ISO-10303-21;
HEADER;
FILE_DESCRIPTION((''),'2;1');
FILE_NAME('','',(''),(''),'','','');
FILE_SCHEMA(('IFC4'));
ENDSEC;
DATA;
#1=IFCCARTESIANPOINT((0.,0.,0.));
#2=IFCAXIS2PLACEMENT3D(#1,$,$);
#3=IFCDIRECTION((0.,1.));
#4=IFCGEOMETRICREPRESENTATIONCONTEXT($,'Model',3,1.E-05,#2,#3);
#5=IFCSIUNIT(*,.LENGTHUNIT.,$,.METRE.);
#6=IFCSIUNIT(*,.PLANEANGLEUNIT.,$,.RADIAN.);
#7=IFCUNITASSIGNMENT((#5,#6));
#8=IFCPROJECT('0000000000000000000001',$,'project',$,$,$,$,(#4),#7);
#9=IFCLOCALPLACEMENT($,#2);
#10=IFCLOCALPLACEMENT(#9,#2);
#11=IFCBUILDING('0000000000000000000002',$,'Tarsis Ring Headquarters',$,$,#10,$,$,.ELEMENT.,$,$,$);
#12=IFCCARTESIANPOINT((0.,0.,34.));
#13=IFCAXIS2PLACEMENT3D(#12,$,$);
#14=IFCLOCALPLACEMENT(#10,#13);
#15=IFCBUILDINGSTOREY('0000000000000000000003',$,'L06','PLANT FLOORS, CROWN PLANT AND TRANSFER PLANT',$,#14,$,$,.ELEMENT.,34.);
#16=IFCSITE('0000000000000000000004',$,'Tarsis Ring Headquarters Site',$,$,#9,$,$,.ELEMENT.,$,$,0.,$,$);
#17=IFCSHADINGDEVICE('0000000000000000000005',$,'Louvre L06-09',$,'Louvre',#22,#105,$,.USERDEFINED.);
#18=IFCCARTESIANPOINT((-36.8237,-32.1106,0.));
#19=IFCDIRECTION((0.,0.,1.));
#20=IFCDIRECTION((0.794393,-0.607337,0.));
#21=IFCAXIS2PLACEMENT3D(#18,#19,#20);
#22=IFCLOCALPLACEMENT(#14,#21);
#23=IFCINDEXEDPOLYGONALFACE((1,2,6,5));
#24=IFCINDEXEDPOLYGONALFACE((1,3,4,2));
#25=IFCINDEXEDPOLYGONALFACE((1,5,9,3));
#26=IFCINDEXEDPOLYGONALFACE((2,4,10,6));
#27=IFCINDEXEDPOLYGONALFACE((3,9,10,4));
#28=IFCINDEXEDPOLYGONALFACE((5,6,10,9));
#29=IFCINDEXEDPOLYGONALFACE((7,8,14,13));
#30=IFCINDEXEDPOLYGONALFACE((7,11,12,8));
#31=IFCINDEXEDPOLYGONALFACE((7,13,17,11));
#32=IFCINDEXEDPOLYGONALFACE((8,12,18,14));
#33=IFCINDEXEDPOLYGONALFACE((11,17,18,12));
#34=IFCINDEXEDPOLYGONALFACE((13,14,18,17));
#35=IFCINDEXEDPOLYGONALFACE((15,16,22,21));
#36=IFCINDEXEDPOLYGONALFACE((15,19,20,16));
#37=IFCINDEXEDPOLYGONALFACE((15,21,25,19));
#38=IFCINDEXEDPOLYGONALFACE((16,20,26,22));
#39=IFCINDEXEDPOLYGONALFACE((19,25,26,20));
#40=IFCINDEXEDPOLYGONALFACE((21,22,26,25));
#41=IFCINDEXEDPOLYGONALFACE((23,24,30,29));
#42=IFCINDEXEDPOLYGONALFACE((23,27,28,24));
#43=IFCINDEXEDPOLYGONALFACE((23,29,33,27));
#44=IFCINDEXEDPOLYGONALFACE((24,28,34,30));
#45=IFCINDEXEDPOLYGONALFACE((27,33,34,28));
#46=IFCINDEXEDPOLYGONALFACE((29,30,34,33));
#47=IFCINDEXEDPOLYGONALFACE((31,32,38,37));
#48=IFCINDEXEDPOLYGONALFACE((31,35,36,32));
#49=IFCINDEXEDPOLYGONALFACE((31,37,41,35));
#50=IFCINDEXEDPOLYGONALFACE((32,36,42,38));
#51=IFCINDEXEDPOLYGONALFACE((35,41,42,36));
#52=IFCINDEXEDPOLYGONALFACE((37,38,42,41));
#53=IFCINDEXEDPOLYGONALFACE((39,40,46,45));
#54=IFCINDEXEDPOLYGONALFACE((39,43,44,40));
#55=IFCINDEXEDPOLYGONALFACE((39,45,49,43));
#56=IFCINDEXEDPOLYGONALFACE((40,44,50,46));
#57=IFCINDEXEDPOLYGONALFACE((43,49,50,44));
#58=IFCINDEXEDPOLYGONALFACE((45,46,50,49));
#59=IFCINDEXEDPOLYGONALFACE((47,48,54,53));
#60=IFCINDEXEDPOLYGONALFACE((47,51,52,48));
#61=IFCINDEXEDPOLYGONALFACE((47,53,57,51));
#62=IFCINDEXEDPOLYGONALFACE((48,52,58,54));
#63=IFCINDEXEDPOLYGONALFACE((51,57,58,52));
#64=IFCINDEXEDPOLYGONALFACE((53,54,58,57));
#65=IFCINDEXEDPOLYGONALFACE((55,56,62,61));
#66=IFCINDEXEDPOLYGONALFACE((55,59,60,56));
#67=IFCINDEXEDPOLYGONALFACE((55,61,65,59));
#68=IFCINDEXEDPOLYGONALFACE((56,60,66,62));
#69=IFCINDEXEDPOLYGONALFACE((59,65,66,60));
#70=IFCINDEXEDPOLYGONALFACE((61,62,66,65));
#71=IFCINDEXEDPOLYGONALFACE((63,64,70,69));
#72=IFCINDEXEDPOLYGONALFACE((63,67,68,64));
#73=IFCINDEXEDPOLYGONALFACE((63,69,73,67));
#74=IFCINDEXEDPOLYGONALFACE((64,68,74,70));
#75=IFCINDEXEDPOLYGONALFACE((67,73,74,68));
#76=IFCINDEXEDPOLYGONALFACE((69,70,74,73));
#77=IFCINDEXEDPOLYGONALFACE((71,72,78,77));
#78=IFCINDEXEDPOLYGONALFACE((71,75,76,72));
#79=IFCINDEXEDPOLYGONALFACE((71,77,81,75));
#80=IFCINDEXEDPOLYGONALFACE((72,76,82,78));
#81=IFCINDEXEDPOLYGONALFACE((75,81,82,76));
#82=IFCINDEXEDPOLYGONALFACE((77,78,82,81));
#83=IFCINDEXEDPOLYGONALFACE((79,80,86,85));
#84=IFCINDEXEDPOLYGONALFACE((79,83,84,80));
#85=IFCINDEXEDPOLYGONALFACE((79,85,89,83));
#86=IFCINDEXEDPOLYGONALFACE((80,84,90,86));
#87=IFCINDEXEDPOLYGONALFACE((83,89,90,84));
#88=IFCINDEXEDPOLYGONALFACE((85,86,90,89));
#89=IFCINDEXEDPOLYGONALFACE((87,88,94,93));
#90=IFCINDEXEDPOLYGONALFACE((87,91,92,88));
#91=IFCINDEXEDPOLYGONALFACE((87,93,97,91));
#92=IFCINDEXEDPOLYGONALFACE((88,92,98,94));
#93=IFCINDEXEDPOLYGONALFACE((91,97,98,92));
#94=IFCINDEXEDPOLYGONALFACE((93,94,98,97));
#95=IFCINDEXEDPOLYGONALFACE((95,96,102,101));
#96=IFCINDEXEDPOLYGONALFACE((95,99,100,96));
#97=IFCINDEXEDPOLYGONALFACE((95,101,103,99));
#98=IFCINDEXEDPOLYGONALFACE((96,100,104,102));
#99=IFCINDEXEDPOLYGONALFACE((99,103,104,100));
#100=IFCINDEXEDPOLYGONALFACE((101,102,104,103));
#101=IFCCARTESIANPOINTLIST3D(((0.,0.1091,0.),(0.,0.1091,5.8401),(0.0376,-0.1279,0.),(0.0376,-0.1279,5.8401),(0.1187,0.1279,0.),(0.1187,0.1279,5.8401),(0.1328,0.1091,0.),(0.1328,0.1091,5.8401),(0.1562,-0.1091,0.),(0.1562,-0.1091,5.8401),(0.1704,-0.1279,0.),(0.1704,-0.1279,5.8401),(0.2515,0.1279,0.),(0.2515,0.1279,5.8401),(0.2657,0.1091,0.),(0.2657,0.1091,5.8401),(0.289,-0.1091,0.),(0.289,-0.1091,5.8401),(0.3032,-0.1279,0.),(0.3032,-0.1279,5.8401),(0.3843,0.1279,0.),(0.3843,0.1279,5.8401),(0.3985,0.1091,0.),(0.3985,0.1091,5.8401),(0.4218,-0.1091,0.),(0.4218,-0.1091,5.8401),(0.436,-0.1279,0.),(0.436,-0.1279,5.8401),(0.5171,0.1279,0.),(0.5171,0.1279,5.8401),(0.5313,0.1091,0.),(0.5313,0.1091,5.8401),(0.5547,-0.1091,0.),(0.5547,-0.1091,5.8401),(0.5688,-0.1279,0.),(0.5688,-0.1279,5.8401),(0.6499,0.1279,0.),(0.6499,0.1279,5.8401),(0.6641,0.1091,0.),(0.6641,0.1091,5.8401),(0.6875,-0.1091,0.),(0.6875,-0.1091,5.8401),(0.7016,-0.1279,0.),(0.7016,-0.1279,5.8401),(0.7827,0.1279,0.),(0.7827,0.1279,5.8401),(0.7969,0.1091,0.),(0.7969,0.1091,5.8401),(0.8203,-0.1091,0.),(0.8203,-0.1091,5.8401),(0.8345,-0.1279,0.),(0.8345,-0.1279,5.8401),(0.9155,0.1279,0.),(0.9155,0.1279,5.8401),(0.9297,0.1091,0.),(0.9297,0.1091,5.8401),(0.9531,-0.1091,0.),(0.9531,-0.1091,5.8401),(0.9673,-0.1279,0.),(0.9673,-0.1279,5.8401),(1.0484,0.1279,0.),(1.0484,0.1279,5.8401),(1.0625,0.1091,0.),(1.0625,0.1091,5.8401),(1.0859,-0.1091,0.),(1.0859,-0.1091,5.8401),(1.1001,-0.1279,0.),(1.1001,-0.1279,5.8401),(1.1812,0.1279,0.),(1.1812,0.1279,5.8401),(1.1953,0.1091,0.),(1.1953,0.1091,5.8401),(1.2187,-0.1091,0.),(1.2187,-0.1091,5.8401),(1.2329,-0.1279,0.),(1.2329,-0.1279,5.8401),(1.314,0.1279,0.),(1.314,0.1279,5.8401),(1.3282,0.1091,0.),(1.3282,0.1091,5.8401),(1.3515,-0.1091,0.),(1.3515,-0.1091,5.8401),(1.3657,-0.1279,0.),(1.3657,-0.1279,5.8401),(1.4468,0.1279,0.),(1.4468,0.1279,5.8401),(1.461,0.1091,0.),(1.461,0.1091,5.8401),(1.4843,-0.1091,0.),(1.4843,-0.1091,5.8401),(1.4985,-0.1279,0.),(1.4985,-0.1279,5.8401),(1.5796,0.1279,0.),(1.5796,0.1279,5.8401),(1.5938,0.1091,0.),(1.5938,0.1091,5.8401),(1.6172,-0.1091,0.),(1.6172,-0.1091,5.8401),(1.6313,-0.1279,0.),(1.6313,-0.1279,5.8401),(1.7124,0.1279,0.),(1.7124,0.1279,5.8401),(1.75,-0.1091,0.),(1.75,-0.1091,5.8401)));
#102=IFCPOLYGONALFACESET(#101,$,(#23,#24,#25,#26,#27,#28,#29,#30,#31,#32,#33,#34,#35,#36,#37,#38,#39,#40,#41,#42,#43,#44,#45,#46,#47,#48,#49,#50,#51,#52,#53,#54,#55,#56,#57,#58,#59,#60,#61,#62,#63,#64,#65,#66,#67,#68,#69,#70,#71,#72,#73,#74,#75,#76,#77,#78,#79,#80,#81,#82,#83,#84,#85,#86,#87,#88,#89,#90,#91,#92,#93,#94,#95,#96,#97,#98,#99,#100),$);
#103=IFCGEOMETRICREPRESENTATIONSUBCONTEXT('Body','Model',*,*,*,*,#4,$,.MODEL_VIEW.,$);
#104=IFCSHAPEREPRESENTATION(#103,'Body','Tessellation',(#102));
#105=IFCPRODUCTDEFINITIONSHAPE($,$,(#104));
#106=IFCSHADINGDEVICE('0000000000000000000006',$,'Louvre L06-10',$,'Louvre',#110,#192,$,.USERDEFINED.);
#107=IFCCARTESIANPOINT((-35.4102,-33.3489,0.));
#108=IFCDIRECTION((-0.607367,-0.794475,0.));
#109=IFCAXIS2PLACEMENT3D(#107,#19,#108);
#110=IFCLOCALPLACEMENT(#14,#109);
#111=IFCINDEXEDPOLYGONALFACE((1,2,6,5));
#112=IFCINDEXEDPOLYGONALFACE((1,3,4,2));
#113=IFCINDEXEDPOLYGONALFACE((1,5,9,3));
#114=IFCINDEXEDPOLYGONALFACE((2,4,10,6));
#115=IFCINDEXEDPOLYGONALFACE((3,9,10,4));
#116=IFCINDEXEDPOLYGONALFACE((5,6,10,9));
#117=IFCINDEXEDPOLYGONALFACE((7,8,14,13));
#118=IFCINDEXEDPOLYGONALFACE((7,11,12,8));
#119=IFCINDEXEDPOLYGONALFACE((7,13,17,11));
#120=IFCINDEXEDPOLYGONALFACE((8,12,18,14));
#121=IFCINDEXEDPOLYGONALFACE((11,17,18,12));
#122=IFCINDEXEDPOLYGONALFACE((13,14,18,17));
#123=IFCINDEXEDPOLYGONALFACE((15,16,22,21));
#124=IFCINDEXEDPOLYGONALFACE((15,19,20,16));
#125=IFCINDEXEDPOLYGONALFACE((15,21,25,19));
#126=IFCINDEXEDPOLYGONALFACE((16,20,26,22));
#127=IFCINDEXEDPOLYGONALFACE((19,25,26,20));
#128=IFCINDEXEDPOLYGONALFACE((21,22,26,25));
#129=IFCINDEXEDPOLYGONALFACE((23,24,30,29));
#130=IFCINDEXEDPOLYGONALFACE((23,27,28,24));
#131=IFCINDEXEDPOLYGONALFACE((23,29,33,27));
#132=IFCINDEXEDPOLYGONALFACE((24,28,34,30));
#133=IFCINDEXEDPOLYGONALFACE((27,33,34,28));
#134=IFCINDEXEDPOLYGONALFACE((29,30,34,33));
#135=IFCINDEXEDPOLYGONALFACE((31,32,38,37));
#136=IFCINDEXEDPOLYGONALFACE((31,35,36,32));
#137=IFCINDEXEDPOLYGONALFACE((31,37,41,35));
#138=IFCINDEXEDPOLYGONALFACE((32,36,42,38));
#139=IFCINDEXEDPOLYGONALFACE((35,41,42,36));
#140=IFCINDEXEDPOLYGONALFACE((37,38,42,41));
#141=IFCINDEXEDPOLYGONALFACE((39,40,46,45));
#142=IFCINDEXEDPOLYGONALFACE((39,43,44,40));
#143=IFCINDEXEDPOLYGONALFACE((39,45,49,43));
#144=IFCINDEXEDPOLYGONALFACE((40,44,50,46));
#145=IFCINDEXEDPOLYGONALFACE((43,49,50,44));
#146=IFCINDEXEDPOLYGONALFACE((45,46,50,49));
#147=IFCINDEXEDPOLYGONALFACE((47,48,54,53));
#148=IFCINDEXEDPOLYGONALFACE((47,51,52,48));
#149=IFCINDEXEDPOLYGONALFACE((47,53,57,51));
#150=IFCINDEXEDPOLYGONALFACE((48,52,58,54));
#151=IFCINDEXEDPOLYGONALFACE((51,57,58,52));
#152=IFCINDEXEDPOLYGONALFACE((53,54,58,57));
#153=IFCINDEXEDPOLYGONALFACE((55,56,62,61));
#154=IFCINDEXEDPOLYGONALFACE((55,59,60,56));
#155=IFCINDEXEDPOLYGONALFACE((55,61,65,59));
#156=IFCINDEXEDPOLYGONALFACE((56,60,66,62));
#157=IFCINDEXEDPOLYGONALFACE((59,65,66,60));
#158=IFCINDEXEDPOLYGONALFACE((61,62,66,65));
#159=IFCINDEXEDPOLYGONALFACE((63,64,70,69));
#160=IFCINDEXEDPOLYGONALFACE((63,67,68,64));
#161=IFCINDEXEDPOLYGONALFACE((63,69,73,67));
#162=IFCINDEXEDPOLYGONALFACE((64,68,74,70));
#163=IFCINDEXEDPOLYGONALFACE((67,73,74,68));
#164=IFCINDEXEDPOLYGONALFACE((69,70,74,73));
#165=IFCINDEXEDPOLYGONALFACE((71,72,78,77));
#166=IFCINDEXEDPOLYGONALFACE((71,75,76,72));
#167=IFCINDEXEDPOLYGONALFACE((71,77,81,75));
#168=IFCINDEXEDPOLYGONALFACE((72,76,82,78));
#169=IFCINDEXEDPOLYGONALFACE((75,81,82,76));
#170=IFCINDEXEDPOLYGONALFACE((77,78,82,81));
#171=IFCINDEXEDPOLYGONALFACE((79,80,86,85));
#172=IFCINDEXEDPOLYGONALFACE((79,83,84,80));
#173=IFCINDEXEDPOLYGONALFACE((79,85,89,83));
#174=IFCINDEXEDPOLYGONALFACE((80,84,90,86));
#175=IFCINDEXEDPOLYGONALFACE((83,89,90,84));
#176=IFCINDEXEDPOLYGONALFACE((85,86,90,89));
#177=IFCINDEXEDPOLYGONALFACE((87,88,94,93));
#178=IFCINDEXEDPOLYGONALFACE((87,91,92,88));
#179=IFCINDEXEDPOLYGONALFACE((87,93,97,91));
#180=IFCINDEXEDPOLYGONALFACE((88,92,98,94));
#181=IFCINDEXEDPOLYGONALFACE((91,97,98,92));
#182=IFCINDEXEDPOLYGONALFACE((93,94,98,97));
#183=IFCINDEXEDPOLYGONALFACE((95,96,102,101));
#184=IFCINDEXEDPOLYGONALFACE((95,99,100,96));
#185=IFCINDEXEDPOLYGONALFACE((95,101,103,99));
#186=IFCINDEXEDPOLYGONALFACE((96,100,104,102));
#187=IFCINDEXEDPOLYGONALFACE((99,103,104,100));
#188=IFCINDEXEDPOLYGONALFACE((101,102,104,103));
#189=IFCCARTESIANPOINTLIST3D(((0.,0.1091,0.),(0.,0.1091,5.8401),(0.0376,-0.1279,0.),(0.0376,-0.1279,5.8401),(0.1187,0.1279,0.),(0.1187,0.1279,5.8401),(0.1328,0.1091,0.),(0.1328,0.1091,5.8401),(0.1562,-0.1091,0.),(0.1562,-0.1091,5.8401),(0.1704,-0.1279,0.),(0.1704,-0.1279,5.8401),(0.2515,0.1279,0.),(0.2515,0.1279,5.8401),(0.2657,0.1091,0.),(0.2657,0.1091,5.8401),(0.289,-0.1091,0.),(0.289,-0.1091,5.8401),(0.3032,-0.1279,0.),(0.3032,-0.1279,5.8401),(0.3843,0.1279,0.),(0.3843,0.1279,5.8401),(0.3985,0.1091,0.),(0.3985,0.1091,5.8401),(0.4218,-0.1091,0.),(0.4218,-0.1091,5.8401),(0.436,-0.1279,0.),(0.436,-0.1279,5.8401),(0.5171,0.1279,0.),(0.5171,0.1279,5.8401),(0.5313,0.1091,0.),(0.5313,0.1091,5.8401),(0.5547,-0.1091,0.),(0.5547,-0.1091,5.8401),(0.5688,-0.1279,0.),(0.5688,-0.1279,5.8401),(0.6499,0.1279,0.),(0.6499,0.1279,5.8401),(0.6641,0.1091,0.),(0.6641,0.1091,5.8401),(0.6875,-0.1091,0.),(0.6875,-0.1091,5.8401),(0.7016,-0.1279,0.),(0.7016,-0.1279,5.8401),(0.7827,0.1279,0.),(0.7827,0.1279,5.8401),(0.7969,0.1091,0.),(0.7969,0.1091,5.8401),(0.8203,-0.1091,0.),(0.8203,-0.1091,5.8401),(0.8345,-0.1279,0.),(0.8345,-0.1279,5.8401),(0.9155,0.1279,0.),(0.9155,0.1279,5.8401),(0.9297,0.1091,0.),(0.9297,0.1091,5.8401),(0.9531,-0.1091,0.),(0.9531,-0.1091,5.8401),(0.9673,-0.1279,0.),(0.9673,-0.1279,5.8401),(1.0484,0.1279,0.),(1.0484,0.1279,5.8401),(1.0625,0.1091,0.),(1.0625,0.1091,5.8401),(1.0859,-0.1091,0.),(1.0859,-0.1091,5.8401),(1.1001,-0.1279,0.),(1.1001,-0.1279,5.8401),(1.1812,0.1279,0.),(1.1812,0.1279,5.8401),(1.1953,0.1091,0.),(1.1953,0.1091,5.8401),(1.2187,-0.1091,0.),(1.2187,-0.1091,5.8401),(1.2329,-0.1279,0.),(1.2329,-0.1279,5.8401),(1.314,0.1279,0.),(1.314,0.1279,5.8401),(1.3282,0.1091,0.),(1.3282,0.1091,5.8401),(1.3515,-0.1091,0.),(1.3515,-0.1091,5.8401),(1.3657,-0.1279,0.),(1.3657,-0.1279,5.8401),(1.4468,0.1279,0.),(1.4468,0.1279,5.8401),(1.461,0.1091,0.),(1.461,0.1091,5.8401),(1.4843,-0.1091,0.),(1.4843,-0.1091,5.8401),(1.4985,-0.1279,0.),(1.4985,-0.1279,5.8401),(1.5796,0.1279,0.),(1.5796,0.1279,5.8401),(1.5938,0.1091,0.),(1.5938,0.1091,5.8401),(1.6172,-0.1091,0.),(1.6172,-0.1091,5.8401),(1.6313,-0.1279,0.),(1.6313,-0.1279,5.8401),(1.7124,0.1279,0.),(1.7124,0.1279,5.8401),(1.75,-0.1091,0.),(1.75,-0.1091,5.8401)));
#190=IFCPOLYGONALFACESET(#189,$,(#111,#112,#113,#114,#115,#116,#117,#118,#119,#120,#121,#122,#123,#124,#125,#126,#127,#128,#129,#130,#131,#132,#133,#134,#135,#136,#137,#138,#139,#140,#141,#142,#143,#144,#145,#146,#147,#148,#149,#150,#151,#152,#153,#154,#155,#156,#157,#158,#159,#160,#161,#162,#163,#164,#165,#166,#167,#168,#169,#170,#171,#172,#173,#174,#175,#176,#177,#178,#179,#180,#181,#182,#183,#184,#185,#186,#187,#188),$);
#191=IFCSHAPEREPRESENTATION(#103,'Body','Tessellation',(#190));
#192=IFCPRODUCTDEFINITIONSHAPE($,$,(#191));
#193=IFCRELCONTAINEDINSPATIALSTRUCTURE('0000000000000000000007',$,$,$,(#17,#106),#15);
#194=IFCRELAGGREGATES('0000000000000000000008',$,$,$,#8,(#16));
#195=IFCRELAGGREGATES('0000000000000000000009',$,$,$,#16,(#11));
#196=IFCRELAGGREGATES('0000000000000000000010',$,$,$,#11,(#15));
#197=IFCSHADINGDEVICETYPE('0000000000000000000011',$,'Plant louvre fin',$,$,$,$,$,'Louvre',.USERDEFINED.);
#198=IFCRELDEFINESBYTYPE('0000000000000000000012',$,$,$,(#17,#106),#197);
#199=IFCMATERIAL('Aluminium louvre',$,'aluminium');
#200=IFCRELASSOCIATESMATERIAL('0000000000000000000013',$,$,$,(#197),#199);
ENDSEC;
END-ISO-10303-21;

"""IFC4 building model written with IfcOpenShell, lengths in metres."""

from ifc_helpers import new_model, si_unit, direction, frame, frame_2d, origin, place, context, subcontext, project, spatial, rectangle, composite_profile, extrude, material, type_object, element, save


model = new_model("IFC4")

# Units and contexts
model_context = context("Model", 3, precision=1e-05, world=origin(), true_north=direction((0.0, 1.0)))
body_context = subcontext(model_context, "Body", "Model", "MODEL_VIEW")
ifc_project = project(units=[si_unit("LENGTHUNIT", "METRE"), si_unit("PLANEANGLEUNIT", "RADIAN")], contexts=[model_context])

# Site, building, storey
site_placement = place(None, origin())
site = spatial("IfcSite", under=ifc_project, at=site_placement, Name="Tarsis Ring Headquarters Site", CompositionType="ELEMENT", RefElevation=0.0)
building_placement = place(site_placement, origin())
building = spatial("IfcBuilding", under=site, at=building_placement, Name="Tarsis Ring Headquarters", CompositionType="ELEMENT")
storey_placement = place(building_placement, frame((0.0, 0.0, 34.0)))
storey = spatial("IfcBuildingStorey", under=building, at=storey_placement, Name="L06", Description="PLANT FLOORS, CROWN PLANT AND TRANSFER PLANT", CompositionType="ELEMENT", Elevation=34.0)

# Shading devices
ifc_material_1 = material(Name="Aluminium louvre", Category="aluminium")
shading_device_type_1 = type_object("IfcShadingDeviceType", Name="Plant louvre fin", ElementType="Louvre", PredefinedType="USERDEFINED", material=ifc_material_1)
for number, where, z_axis, x_axis, name in (
    (1, (-36.8237, -32.1106, 0.0), (0.0, 0.0, 1.0), (0.794393, -0.607337, 0.0), "Louvre L06-09"),
    (2, (-35.4102, -33.3489, 0.0), (0.0, 0.0, 1.0), (-0.607367, -0.794475, 0.0), "Louvre L06-10"),
):
    element("IfcShadingDevice", number, at=place(storey_placement, frame(where, z_axis=z_axis, x_axis=x_axis)), inside=storey, type_object=shading_device_type_1, Name=name, ObjectType="Louvre", PredefinedType="USERDEFINED", context=body_context, shape_type="SweptSolid", body=[
        extrude(composite_profile([rectangle(XDim=0.1201, YDim=0.24, at=frame_2d((0.0781, 0.0), x_axis=(0.987688, 0.156434))), rectangle(XDim=0.1201, YDim=0.24, at=frame_2d((0.2109, 0.0), x_axis=(0.987688, 0.156434))), rectangle(XDim=0.1201, YDim=0.24, at=frame_2d((0.3438, 0.0), x_axis=(0.987688, 0.156434))), rectangle(XDim=0.1201, YDim=0.24, at=frame_2d((0.4766, 0.0), x_axis=(0.987688, 0.156434))), rectangle(XDim=0.1201, YDim=0.24, at=frame_2d((0.6094, 0.0), x_axis=(0.987688, 0.156434))), rectangle(XDim=0.1201, YDim=0.24, at=frame_2d((0.7422, 0.0), x_axis=(0.987688, 0.156434))), rectangle(XDim=0.1201, YDim=0.24, at=frame_2d((0.875, 0.0), x_axis=(0.987688, 0.156434))), rectangle(XDim=0.1201, YDim=0.24, at=frame_2d((1.0078, 0.0), x_axis=(0.987688, 0.156434))), rectangle(XDim=0.1201, YDim=0.24, at=frame_2d((1.1406, 0.0), x_axis=(0.987688, 0.156434))), rectangle(XDim=0.1201, YDim=0.24, at=frame_2d((1.2734, 0.0), x_axis=(0.987688, 0.156434))), rectangle(XDim=0.1201, YDim=0.24, at=frame_2d((1.4062, 0.0), x_axis=(0.987688, 0.156434))), rectangle(XDim=0.1201, YDim=0.24, at=frame_2d((1.5391, 0.0), x_axis=(0.987688, 0.156434))), rectangle(XDim=0.1201, YDim=0.24, at=frame_2d((1.6719, 0.0), x_axis=(0.987688, 0.156434)))]), origin(), (0.0, 0.0, 1.0), 5.8401),
    ])

save(model, "model.ifc")
